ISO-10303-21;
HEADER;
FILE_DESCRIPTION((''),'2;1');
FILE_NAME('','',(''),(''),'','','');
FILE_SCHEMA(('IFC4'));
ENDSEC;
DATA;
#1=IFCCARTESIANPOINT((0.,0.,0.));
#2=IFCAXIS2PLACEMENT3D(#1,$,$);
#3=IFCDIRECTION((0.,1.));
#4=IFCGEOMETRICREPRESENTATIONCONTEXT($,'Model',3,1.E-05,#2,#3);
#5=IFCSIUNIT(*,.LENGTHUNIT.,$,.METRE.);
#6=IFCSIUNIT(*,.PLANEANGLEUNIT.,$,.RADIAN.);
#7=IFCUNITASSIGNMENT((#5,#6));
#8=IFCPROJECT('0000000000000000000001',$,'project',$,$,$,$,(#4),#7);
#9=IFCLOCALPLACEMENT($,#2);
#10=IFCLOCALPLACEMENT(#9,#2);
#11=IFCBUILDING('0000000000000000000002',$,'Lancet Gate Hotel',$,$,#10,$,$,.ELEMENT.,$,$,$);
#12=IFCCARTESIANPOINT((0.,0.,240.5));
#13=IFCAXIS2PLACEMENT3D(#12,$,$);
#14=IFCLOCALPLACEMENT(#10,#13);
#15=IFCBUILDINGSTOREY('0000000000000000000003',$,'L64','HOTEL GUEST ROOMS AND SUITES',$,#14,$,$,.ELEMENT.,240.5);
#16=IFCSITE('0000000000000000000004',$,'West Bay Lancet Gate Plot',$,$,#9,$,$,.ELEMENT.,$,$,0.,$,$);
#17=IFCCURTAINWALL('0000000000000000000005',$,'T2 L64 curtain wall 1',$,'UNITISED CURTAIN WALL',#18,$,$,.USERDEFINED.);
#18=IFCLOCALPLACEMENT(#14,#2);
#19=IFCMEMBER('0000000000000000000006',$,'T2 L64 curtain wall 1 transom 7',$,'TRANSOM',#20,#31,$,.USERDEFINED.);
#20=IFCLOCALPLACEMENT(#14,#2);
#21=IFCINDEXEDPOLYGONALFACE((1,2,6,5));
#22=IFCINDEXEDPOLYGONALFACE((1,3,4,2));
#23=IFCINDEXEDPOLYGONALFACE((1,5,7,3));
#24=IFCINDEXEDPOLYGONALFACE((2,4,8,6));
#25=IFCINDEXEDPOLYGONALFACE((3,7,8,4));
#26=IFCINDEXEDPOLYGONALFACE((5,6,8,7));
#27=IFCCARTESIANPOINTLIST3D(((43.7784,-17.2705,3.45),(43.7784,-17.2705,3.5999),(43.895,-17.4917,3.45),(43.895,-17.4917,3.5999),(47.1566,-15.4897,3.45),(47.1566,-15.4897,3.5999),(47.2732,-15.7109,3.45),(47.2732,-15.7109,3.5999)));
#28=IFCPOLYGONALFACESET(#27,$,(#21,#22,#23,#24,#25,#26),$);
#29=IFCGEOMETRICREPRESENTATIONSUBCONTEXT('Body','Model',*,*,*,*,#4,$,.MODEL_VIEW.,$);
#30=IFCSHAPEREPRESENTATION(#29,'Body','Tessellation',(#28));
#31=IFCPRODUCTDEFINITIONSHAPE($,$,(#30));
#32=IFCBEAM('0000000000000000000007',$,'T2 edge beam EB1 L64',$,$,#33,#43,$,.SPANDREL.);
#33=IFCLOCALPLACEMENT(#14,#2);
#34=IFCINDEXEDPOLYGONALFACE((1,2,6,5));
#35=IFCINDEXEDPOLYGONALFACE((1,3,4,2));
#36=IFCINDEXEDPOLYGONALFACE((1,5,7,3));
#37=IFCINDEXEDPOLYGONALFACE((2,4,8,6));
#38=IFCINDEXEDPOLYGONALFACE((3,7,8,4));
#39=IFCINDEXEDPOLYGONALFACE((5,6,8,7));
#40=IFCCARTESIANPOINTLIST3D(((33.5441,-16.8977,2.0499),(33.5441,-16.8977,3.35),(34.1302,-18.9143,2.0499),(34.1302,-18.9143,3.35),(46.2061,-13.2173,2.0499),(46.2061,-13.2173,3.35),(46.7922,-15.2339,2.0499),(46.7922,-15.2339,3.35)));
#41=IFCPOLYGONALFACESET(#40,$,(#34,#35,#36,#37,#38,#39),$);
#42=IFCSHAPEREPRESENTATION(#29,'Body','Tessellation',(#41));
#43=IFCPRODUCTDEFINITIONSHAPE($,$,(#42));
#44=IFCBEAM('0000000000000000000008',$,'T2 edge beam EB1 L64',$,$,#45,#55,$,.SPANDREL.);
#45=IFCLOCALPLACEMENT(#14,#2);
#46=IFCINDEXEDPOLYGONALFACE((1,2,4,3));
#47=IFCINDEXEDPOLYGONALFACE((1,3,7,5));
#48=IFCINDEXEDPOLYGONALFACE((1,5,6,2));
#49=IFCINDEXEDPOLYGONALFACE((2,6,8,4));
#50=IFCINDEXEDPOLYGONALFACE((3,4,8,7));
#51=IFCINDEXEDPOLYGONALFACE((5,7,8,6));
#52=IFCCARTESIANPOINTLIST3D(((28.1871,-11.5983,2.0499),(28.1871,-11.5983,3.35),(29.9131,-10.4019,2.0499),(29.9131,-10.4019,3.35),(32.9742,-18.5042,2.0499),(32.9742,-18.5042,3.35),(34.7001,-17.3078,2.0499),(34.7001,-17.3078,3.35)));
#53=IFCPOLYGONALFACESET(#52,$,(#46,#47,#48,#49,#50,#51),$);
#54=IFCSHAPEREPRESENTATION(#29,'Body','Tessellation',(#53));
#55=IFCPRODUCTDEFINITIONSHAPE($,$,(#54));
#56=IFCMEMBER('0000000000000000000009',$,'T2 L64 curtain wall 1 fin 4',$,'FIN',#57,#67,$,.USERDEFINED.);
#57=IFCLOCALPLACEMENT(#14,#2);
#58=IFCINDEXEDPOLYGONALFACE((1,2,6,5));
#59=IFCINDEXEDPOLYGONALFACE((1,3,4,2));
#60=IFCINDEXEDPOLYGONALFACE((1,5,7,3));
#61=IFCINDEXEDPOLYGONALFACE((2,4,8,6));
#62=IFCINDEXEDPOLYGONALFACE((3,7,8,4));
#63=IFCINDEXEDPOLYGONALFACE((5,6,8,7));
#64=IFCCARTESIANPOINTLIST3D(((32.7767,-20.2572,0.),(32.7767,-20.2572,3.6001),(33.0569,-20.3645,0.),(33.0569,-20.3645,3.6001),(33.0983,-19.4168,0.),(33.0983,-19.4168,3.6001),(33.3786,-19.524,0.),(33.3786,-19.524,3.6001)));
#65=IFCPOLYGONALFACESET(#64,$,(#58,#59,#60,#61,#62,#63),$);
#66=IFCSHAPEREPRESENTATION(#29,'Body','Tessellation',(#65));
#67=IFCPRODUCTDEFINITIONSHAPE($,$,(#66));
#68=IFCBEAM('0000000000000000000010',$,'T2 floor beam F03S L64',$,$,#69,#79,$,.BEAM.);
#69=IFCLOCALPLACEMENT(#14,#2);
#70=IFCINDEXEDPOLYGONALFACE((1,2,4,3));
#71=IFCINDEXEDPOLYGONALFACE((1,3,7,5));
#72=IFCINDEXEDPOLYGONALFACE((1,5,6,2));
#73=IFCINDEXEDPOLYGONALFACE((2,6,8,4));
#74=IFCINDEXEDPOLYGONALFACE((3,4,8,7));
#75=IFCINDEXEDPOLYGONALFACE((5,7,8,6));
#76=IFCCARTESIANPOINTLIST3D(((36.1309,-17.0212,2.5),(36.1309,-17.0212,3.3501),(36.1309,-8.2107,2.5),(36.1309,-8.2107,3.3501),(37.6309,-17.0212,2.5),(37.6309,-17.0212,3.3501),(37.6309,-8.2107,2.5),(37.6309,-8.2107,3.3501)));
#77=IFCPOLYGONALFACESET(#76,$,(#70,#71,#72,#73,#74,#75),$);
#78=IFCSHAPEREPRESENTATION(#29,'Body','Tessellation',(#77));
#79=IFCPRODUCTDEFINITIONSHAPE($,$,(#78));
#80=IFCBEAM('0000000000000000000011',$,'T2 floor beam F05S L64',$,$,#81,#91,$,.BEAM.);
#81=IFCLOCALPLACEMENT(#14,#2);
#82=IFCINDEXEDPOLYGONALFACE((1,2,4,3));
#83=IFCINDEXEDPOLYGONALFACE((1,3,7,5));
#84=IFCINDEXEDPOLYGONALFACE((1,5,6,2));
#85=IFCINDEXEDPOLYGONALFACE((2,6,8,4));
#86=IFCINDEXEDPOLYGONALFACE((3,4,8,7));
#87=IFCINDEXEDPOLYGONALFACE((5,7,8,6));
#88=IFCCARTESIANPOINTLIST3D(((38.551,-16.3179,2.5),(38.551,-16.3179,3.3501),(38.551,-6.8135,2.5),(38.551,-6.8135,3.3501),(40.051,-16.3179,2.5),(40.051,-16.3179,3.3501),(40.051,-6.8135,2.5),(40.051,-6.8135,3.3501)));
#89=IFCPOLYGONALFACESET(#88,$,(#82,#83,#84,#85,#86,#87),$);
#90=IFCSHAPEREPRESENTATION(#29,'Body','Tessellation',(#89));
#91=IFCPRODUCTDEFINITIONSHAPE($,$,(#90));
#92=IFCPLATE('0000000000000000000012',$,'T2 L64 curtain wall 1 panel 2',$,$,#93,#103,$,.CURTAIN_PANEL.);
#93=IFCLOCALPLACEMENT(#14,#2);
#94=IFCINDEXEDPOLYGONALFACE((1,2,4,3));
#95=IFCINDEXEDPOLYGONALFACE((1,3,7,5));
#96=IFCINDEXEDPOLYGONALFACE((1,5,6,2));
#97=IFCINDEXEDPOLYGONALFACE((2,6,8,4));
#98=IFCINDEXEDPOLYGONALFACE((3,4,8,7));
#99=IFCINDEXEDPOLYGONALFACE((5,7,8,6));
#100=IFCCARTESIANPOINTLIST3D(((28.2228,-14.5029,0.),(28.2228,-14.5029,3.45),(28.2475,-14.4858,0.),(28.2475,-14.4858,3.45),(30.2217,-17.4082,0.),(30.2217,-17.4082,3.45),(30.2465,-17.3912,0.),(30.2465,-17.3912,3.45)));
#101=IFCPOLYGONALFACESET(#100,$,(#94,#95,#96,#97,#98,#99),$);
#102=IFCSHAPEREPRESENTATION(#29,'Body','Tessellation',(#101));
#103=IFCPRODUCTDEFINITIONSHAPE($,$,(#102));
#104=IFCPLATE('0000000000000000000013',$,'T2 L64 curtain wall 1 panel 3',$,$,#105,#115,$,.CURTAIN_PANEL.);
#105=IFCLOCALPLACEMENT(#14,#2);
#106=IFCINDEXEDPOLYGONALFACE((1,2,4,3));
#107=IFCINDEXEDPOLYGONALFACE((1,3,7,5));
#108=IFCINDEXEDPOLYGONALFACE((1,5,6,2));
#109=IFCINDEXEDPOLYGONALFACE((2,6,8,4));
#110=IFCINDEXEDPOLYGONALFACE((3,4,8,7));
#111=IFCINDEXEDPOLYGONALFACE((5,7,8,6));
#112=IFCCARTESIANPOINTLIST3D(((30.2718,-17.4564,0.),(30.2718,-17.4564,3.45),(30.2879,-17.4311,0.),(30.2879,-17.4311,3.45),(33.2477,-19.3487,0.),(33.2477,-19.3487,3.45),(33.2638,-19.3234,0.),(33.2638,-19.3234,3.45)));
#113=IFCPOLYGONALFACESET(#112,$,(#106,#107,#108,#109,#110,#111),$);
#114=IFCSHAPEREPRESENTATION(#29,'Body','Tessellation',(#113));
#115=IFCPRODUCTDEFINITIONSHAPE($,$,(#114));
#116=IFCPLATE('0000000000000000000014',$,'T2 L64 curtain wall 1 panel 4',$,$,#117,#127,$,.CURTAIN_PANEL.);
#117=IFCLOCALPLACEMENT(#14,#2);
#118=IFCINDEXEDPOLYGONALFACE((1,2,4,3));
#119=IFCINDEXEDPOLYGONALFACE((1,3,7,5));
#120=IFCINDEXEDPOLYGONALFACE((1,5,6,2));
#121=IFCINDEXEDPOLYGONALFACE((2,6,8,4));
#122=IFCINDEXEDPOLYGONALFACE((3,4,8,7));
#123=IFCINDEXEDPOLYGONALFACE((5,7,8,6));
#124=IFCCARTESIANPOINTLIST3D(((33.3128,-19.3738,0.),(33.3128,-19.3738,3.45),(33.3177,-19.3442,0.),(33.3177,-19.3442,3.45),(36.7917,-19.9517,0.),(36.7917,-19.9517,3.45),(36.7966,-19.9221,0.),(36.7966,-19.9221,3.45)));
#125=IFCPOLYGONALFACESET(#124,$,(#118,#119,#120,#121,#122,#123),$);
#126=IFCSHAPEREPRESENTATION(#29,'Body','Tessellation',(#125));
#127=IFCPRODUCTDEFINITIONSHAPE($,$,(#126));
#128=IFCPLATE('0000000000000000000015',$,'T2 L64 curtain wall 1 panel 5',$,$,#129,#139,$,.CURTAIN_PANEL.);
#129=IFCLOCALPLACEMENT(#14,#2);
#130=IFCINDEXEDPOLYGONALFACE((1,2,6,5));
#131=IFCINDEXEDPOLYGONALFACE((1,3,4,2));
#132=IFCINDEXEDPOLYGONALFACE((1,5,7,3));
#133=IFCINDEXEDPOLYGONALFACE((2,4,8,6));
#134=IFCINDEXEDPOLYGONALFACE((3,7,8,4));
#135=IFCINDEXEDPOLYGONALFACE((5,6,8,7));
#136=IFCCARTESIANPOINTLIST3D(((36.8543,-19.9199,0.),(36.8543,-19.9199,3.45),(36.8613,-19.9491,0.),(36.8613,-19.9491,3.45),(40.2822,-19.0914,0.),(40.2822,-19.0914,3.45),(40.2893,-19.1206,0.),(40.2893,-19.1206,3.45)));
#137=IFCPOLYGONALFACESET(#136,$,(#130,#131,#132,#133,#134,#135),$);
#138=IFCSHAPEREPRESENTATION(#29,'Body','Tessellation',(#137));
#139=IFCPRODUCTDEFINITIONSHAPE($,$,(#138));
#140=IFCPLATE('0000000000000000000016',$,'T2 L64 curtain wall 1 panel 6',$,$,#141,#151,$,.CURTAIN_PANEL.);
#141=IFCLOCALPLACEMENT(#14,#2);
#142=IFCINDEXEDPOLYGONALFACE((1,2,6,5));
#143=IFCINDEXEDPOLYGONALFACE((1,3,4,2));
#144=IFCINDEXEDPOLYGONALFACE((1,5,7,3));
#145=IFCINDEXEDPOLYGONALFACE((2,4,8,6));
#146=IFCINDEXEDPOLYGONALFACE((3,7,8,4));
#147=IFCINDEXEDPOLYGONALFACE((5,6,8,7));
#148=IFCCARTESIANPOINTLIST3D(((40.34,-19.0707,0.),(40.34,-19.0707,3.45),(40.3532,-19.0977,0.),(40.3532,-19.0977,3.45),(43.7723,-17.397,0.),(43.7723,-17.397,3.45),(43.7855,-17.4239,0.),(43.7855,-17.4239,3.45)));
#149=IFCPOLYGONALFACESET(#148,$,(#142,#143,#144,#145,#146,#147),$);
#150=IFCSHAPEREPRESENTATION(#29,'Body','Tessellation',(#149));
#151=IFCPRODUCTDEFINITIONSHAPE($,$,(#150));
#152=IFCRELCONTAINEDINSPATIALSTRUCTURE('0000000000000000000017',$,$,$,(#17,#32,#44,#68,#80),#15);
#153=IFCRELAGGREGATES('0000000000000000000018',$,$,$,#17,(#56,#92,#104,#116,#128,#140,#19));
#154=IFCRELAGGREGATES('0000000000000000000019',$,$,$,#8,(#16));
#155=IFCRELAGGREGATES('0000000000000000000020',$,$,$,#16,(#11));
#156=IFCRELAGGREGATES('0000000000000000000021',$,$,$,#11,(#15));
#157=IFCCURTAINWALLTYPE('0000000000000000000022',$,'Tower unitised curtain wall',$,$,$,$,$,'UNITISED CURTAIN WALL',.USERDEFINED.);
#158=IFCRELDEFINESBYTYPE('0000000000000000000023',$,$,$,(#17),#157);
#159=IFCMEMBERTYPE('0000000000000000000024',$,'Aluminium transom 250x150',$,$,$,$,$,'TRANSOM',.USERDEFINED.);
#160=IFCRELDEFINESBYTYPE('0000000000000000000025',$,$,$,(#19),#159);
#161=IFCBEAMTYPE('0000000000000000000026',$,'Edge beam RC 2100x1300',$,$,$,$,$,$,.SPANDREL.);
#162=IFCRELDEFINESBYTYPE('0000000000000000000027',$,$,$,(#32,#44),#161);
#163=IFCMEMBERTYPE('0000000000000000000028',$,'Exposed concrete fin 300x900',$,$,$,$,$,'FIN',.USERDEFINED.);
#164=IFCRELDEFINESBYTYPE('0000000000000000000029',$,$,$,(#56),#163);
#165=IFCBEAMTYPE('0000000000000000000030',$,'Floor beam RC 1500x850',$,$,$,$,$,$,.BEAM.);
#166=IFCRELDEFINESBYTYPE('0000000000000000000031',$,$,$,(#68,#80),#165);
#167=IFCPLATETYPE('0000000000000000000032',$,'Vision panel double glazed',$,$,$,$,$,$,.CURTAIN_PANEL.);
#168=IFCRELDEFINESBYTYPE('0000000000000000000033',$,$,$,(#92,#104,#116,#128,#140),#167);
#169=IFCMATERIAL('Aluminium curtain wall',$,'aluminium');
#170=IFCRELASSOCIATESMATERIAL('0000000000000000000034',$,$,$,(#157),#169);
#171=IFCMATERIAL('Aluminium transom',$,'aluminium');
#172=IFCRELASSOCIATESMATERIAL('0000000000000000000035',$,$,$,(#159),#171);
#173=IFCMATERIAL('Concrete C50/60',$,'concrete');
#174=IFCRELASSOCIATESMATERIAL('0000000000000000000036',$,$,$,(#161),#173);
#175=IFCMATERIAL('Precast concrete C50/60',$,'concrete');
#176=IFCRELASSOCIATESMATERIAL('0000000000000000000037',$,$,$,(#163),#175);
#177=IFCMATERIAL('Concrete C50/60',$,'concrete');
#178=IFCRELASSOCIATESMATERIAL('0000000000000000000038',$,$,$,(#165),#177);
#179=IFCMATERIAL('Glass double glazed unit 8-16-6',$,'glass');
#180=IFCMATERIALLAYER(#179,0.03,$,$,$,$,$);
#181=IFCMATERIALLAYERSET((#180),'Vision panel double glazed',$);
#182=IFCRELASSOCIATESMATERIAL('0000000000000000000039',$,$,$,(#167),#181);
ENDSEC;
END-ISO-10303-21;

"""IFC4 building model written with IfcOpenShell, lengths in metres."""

from ifc_helpers import new_model, si_unit, direction, frame, origin, origin_2d, place, context, subcontext, project, spatial, rectangle, extrude, material, layer, layer_set, material_profile, profile_set, type_object, element, aggregate, save


model = new_model("IFC4")

# Units and contexts
model_context = context("Model", 3, precision=1e-05, world=origin(), true_north=direction((0.0, 1.0)))
body_context = subcontext(model_context, "Body", "Model", "MODEL_VIEW")
ifc_project = project(units=[si_unit("LENGTHUNIT", "METRE"), si_unit("PLANEANGLEUNIT", "RADIAN")], contexts=[model_context])

# Site, building, storey
site_placement = place(None, origin())
site = spatial("IfcSite", under=ifc_project, at=site_placement, Name="West Bay Lancet Gate Plot", CompositionType="ELEMENT", RefElevation=0.0)
building_placement = place(site_placement, origin())
building = spatial("IfcBuilding", under=site, at=building_placement, Name="Lancet Gate Hotel", CompositionType="ELEMENT")
storey_placement = place(building_placement, frame((0.0, 0.0, 240.5)))
storey = spatial("IfcBuildingStorey", under=building, at=storey_placement, Name="L64", Description="HOTEL GUEST ROOMS AND SUITES", CompositionType="ELEMENT", Elevation=240.5)

# Curtain wall, member
ifc_material_1 = material(Name="Aluminium curtain wall", Category="aluminium")
curtain_wall_type = type_object("IfcCurtainWallType", Name="Tower unitised curtain wall", ElementType="UNITISED CURTAIN WALL", PredefinedType="USERDEFINED", material=ifc_material_1)
curtain_wall_placement = place(storey_placement, origin())
curtain_wall = element("IfcCurtainWall", 1, at=curtain_wall_placement, inside=storey, type_object=curtain_wall_type, Name="T2 L64 curtain wall 1", ObjectType="UNITISED CURTAIN WALL", PredefinedType="USERDEFINED")
ifc_material_2 = material(Name="Aluminium transom", Category="aluminium")
ifc_material_profile_1 = material_profile(ifc_material_2, rectangle(XDim=0.25, YDim=0.1499, at=origin_2d()), Name="TRANSOM 250x150")
ifc_profile_set_1 = profile_set([ifc_material_profile_1], Name="Aluminium transom")
member_type_1 = type_object("IfcMemberType", Name="Aluminium transom 250x150", ElementType="TRANSOM", PredefinedType="USERDEFINED", material=ifc_profile_set_1)
member_1_placement = place(storey_placement, frame((43.8367, -17.3811, 3.5249), z_axis=(0.884618, 0.466315, 0.0), x_axis=(-0.466315, 0.884618, 0.0)))
member_1 = element("IfcMember", 2, at=member_1_placement, type_object=member_type_1, Name="T2 L64 curtain wall 1 transom 7", ObjectType="TRANSOM", PredefinedType="USERDEFINED", context=body_context, shape_type="SweptSolid", body=[
    extrude(rectangle(XDim=0.25, YDim=0.1499, at=origin_2d()), origin(), (0.0, 0.0, 1.0), 3.8188),
])

# Beams
ifc_material_3 = material(Name="Concrete C50/60", Category="concrete")
ifc_material_profile_2 = material_profile(ifc_material_3, rectangle(XDim=2.1001, YDim=1.3, at=origin_2d()), Name="RC 2100x1300")
ifc_profile_set_2 = profile_set([ifc_material_profile_2], Name="Concrete C50/60")
beam_type_1 = type_object("IfcBeamType", Name="Edge beam RC 2100x1300", PredefinedType="SPANDREL", material=ifc_profile_set_2)
beam_1_placement = place(storey_placement, frame((33.8372, -17.906, 2.7), z_axis=(0.960258, 0.279113, 0.0), x_axis=(-0.279113, 0.960258, 0.0)))
element("IfcBeam", 3, at=beam_1_placement, inside=storey, type_object=beam_type_1, Name="T2 edge beam EB1 L64", PredefinedType="SPANDREL", context=body_context, shape_type="SweptSolid", body=[
    extrude(rectangle(XDim=2.1001, YDim=1.3, at=origin_2d()), origin(), (0.0, 0.0, 1.0), 13.186),
])
beam_2_placement = place(storey_placement, frame((33.8372, -17.906, 2.7), z_axis=(-0.569695, 0.821856, 0.0), x_axis=(-0.821856, -0.569695, 0.0)))
element("IfcBeam", 4, at=beam_2_placement, inside=storey, type_object=beam_type_1, Name="T2 edge beam EB1 L64", PredefinedType="SPANDREL", context=body_context, shape_type="SweptSolid", body=[
    extrude(rectangle(XDim=2.1001, YDim=1.3, at=origin_2d()), origin(), (0.0, 0.0, 1.0), 8.4028),
])

# Member
ifc_material_4 = material(Name="Precast concrete C50/60", Category="concrete")
ifc_material_profile_3 = material_profile(ifc_material_4, rectangle(XDim=0.3, YDim=0.8999, at=origin_2d()), Name="FIN 300x900")
ifc_profile_set_3 = profile_set([ifc_material_profile_3], Name="Precast concrete C50/60")
member_type_2 = type_object("IfcMemberType", Name="Exposed concrete fin 300x900", ElementType="FIN", PredefinedType="USERDEFINED", material=ifc_profile_set_3)
member_2_placement = place(storey_placement, frame((33.0776, -19.8906, 0.0), z_axis=(0.0, 0.0, 1.0), x_axis=(0.933943, -0.357421, 0.0)))
member_2 = element("IfcMember", 5, at=member_2_placement, type_object=member_type_2, Name="T2 L64 curtain wall 1 fin 4", ObjectType="FIN", PredefinedType="USERDEFINED", context=body_context, shape_type="SweptSolid", body=[
    extrude(rectangle(XDim=0.3, YDim=0.8999, at=origin_2d()), origin(), (0.0, 0.0, 1.0), 3.6001),
])

# Beams
ifc_material_5 = material(Name="Concrete C50/60", Category="concrete")
ifc_material_profile_4 = material_profile(ifc_material_5, rectangle(XDim=1.5, YDim=0.8501, at=origin_2d()), Name="RC 1500x850")
ifc_profile_set_4 = profile_set([ifc_material_profile_4], Name="Concrete C50/60")
beam_type_2 = type_object("IfcBeamType", Name="Floor beam RC 1500x850", PredefinedType="BEAM", material=ifc_profile_set_4)
beam_3_placement = place(storey_placement, frame((36.8809, -17.0212, 2.925), z_axis=(0.0, 1.0, 0.0), x_axis=(-1.0, 0.0, 0.0)))
element("IfcBeam", 6, at=beam_3_placement, inside=storey, type_object=beam_type_2, Name="T2 floor beam F03S L64", PredefinedType="BEAM", context=body_context, shape_type="SweptSolid", body=[
    extrude(rectangle(XDim=1.5, YDim=0.8501, at=origin_2d()), origin(), (0.0, 0.0, 1.0), 8.8105),
])
beam_4_placement = place(storey_placement, frame((39.301, -16.3179, 2.925), z_axis=(0.0, 1.0, 0.0), x_axis=(-1.0, 0.0, 0.0)))
element("IfcBeam", 7, at=beam_4_placement, inside=storey, type_object=beam_type_2, Name="T2 floor beam F05S L64", PredefinedType="BEAM", context=body_context, shape_type="SweptSolid", body=[
    extrude(rectangle(XDim=1.5, YDim=0.8501, at=origin_2d()), origin(), (0.0, 0.0, 1.0), 9.5044),
])

# Plates
ifc_material_6 = material(Name="Glass double glazed unit 8-16-6", Category="glass")
ifc_layer = layer(ifc_material_6, 0.03)
ifc_layer_set = layer_set([ifc_layer], Name="Vision panel double glazed")
plate_type = type_object("IfcPlateType", Name="Vision panel double glazed", PredefinedType="CURTAIN_PANEL", material=ifc_layer_set)
plate_1_placement = place(storey_placement, frame((29.2346, -15.947, 0.0), z_axis=(0.0, 0.0, 1.0), x_axis=(0.566824, -0.823839, 0.0)))
plate_1 = element("IfcPlate", 8, at=plate_1_placement, type_object=plate_type, Name="T2 L64 curtain wall 1 panel 2", PredefinedType="CURTAIN_PANEL", context=body_context, shape_type="SweptSolid", body=[
    extrude(rectangle(XDim=3.5266, YDim=0.03, at=origin_2d()), origin(), (0.0, 0.0, 1.0), 3.45),
])
plate_2_placement = place(storey_placement, frame((31.7678, -18.3899, 0.0), z_axis=(0.0, 0.0, 1.0), x_axis=(0.843845, -0.536587, 0.0)))
plate_2 = element("IfcPlate", 9, at=plate_2_placement, type_object=plate_type, Name="T2 L64 curtain wall 1 panel 3", PredefinedType="CURTAIN_PANEL", context=body_context, shape_type="SweptSolid", body=[
    extrude(rectangle(XDim=3.5266, YDim=0.03, at=origin_2d()), origin(), (0.0, 0.0, 1.0), 3.45),
])
plate_3_placement = place(storey_placement, frame((35.0547, -19.6479, 0.0), z_axis=(0.0, 0.0, 1.0), x_axis=(0.98648, -0.163881, 0.0)))
plate_3 = element("IfcPlate", 10, at=plate_3_placement, type_object=plate_type, Name="T2 L64 curtain wall 1 panel 4", PredefinedType="CURTAIN_PANEL", context=body_context, shape_type="SweptSolid", body=[
    extrude(rectangle(XDim=3.5266, YDim=0.03, at=origin_2d()), origin(), (0.0, 0.0, 1.0), 3.45),
])
plate_4_placement = place(storey_placement, frame((38.5718, -19.5203, 0.0), z_axis=(0.0, 0.0, 1.0), x_axis=(0.972014, 0.234924, 0.0)))
plate_4 = element("IfcPlate", 11, at=plate_4_placement, type_object=plate_type, Name="T2 L64 curtain wall 1 panel 5", PredefinedType="CURTAIN_PANEL", context=body_context, shape_type="SweptSolid", body=[
    extrude(rectangle(XDim=3.5266, YDim=0.03, at=origin_2d()), origin(), (0.0, 0.0, 1.0), 3.45),
])
plate_5_placement = place(storey_placement, frame((42.0627, -18.2473, 0.0), z_axis=(0.0, 0.0, 1.0), x_axis=(0.898823, 0.438311, 0.0)))
plate_5 = element("IfcPlate", 12, at=plate_5_placement, type_object=plate_type, Name="T2 L64 curtain wall 1 panel 6", PredefinedType="CURTAIN_PANEL", context=body_context, shape_type="SweptSolid", body=[
    extrude(rectangle(XDim=3.8186, YDim=0.03, at=origin_2d()), origin(), (0.0, 0.0, 1.0), 3.45),
])
aggregate(curtain_wall, [member_2, plate_1, plate_2, plate_3, plate_4, plate_5, member_1])

save(model, "model.ifc")
